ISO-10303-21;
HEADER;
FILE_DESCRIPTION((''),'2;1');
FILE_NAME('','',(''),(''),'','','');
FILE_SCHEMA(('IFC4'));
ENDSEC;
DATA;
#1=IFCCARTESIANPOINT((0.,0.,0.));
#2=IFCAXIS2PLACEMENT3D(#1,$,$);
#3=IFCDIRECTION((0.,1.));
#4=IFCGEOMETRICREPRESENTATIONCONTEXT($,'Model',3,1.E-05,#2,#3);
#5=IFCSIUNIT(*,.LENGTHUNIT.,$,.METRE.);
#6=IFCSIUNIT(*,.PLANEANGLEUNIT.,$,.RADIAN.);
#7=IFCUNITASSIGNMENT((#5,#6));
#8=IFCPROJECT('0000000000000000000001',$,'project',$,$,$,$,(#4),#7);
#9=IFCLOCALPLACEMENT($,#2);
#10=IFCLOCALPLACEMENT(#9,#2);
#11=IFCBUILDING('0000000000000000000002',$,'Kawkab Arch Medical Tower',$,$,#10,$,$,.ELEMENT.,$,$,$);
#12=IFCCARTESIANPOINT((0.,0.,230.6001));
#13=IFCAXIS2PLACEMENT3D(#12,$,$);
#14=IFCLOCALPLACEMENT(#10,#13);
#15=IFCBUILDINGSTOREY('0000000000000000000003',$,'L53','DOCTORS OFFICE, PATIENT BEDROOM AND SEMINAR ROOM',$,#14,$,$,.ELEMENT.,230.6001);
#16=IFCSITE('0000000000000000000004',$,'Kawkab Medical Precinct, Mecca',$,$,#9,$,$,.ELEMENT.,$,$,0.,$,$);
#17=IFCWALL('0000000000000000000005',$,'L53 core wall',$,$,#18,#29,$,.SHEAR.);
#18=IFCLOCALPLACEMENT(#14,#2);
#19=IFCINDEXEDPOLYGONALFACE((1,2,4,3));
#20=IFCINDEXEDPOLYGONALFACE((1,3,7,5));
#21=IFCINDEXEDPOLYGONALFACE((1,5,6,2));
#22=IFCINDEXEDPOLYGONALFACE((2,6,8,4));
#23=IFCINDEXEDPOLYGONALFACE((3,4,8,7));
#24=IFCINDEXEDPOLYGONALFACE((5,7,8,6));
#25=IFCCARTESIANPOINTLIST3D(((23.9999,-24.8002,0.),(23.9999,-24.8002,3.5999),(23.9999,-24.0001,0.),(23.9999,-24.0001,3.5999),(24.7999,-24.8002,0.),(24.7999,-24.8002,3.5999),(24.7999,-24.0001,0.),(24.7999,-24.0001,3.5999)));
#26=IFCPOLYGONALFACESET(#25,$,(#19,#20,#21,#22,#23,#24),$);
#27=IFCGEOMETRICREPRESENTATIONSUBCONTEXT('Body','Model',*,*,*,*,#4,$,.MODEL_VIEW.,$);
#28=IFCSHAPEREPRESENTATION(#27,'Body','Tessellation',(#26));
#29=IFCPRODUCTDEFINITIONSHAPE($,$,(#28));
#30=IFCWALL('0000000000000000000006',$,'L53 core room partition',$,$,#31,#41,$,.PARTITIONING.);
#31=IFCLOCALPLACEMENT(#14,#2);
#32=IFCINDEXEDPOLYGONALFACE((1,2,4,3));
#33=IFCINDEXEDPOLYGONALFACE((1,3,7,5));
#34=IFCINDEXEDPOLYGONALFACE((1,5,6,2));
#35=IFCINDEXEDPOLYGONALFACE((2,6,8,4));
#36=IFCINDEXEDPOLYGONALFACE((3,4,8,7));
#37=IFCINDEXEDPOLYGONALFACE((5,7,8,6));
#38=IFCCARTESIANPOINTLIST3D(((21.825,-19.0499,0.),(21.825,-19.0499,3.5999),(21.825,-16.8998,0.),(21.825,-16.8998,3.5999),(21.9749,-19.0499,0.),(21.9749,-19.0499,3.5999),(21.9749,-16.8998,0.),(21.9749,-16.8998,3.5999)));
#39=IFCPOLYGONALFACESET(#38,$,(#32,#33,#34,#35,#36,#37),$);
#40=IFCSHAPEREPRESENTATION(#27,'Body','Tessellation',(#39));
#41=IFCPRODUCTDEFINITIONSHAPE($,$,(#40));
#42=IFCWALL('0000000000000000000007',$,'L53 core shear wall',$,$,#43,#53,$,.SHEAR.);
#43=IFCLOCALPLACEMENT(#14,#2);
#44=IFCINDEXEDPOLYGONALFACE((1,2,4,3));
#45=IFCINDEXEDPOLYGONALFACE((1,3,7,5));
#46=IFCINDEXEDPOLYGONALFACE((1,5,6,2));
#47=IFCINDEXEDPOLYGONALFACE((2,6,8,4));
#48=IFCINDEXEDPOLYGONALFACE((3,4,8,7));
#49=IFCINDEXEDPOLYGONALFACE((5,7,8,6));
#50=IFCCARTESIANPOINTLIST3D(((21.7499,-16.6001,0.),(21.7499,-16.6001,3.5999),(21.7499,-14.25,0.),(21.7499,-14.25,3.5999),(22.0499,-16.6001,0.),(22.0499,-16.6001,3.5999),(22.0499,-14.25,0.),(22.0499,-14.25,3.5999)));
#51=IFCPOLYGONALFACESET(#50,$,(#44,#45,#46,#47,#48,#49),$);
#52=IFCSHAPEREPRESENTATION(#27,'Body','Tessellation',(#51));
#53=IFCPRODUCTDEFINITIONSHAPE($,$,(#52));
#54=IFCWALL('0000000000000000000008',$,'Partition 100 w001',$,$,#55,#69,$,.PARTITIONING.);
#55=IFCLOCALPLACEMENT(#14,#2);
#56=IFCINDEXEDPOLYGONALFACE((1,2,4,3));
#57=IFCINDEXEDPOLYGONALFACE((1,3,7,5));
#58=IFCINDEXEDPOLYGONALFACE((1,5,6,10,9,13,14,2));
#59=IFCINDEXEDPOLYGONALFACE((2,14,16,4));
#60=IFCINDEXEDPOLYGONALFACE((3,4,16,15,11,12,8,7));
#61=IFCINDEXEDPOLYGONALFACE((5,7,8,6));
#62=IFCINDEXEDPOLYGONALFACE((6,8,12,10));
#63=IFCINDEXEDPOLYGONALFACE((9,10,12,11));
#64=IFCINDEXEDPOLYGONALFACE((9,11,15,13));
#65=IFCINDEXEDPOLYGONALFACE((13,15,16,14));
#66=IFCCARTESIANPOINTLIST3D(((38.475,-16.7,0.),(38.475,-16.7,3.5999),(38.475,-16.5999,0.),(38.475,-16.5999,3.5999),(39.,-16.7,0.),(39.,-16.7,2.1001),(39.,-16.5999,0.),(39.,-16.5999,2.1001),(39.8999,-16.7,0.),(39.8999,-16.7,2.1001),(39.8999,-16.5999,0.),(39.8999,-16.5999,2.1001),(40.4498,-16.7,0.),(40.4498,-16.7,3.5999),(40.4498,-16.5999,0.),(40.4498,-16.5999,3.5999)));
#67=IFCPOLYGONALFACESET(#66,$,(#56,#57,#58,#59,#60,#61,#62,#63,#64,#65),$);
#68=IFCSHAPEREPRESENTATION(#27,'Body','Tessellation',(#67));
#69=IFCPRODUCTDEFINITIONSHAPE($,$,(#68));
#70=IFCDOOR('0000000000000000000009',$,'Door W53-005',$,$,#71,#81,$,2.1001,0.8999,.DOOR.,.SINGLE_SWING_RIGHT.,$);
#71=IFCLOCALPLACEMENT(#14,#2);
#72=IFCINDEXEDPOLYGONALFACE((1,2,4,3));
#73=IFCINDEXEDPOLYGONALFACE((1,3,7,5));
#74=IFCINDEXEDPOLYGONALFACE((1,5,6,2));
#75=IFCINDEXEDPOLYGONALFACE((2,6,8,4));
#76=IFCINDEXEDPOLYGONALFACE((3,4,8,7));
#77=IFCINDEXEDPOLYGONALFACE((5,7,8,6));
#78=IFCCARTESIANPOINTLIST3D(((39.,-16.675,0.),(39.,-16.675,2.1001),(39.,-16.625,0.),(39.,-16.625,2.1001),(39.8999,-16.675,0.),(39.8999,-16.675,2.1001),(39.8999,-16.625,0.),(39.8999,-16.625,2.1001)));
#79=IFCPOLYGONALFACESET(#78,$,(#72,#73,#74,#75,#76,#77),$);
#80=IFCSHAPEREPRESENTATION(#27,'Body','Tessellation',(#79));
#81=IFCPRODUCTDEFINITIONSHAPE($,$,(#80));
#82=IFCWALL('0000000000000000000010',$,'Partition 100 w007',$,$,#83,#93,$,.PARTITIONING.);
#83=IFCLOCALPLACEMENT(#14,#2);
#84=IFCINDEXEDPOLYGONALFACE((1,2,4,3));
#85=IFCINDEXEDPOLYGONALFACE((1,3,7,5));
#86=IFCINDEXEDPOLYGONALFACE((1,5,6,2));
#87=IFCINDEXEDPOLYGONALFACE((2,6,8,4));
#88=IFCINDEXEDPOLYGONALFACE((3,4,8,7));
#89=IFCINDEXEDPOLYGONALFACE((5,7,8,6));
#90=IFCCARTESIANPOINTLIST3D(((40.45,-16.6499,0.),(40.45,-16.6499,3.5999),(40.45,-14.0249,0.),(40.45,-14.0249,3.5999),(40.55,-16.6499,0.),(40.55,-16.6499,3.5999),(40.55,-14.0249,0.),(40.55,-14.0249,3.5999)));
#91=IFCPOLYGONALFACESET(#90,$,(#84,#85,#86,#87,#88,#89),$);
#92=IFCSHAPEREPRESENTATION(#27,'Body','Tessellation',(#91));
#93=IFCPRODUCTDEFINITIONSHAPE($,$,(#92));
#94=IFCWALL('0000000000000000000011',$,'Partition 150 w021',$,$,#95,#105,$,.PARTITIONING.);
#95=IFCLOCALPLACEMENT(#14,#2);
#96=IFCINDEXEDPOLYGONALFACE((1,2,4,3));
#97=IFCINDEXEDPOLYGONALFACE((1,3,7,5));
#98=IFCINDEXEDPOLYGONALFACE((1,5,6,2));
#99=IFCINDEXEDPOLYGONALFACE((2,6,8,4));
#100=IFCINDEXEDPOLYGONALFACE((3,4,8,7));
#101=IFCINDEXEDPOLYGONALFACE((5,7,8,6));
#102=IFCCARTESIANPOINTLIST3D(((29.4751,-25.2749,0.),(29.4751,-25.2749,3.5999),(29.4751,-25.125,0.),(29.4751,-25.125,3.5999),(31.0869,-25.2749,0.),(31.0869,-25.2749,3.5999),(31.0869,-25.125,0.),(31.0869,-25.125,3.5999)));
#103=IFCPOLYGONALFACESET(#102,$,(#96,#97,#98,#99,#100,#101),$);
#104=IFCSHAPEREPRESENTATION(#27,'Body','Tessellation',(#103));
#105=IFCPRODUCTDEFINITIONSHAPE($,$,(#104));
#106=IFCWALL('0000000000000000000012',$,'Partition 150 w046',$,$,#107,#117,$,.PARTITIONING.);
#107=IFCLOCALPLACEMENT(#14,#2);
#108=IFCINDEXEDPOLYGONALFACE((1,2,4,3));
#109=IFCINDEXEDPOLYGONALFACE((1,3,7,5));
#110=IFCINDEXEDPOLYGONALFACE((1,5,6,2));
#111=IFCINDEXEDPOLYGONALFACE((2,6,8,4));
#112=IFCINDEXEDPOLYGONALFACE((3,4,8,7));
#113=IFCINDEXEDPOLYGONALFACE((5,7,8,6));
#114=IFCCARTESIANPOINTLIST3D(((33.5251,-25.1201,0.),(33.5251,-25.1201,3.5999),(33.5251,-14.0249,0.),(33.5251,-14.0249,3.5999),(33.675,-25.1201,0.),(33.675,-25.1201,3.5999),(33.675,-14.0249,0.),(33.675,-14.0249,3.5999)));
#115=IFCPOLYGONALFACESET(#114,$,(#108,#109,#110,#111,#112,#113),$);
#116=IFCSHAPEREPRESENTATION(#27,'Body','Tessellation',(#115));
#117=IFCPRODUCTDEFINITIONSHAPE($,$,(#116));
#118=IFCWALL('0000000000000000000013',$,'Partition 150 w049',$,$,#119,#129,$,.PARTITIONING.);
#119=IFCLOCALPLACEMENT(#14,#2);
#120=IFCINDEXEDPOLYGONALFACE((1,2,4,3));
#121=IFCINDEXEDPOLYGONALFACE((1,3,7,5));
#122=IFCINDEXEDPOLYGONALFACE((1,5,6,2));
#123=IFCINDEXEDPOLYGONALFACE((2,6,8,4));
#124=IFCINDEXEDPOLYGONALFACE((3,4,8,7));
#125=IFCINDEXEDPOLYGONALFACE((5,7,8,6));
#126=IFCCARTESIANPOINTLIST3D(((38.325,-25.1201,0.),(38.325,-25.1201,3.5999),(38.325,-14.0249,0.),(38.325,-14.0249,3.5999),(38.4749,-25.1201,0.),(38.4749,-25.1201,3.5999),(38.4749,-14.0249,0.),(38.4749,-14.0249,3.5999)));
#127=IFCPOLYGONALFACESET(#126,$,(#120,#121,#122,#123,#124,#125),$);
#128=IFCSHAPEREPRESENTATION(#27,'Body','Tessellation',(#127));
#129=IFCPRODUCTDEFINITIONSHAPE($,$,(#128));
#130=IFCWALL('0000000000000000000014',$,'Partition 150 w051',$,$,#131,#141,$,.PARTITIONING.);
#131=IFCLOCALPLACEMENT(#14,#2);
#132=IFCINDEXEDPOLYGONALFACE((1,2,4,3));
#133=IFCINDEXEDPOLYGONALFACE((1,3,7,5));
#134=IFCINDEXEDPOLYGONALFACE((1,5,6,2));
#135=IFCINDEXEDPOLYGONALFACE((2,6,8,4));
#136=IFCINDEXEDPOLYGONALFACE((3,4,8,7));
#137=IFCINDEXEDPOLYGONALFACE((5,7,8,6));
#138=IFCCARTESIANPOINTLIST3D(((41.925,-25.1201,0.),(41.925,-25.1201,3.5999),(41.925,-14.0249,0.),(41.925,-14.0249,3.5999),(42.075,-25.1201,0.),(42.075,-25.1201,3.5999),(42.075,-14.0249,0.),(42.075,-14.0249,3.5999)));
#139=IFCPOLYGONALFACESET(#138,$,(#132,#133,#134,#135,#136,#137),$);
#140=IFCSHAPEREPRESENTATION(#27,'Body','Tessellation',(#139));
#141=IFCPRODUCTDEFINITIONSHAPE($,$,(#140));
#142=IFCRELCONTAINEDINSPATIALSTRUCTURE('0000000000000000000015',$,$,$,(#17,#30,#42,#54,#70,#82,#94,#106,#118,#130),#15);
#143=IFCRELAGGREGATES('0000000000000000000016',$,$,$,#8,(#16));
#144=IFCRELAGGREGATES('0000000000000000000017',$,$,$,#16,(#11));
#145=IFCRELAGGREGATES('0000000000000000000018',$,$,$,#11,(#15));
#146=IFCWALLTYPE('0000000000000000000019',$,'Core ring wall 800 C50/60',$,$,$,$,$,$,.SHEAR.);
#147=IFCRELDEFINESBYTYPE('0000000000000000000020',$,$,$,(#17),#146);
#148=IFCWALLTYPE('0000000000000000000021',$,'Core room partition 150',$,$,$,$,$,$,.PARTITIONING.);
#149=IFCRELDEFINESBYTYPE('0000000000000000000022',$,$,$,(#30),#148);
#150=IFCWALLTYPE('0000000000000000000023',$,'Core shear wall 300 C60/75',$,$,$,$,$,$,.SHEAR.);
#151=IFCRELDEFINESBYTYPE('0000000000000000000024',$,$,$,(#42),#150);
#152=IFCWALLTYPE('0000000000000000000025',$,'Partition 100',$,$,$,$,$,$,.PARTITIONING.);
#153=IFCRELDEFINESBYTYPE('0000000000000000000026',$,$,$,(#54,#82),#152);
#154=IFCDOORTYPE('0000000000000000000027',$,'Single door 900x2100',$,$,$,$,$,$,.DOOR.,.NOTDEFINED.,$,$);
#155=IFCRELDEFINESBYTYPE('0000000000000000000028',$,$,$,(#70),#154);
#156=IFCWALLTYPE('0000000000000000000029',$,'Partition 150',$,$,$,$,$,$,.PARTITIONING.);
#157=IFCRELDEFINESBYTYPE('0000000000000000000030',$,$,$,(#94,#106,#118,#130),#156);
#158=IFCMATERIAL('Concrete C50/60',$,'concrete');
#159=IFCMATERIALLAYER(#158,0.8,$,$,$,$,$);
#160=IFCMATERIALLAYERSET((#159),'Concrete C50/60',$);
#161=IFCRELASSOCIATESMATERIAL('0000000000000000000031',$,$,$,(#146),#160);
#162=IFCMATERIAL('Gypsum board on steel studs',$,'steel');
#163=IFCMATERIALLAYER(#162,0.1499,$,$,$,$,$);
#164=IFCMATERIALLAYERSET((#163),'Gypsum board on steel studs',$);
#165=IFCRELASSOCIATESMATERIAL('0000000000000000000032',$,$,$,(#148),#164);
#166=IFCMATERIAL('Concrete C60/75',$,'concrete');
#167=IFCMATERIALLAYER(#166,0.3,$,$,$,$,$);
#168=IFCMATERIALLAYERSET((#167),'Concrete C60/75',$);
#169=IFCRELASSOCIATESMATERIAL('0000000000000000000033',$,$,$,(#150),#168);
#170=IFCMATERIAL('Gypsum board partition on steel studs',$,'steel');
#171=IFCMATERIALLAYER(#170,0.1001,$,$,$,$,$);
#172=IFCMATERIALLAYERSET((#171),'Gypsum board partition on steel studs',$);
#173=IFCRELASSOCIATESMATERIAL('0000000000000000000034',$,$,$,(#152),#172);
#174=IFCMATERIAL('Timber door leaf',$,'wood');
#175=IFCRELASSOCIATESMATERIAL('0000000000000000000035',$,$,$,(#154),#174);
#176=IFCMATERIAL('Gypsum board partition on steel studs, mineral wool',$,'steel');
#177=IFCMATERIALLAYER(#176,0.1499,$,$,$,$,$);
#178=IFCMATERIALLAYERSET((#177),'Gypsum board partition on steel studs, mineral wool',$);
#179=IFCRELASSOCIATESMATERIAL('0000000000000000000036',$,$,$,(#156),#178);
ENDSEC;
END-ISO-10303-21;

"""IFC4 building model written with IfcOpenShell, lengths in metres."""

from ifc_helpers import new_model, si_unit, direction, frame, frame_2d, origin, place, context, subcontext, project, spatial, rectangle, extrude, material, layer, layer_set, type_object, element, fill, save


model = new_model("IFC4")

# Units and contexts
model_context = context("Model", 3, precision=1e-05, world=origin(), true_north=direction((0.0, 1.0)))
body_context = subcontext(model_context, "Body", "Model", "MODEL_VIEW")
ifc_project = project(units=[si_unit("LENGTHUNIT", "METRE"), si_unit("PLANEANGLEUNIT", "RADIAN")], contexts=[model_context])

# Site, building, storey
site_placement = place(None, origin())
site = spatial("IfcSite", under=ifc_project, at=site_placement, Name="Kawkab Medical Precinct, Mecca", CompositionType="ELEMENT", RefElevation=0.0)
building_placement = place(site_placement, origin())
building = spatial("IfcBuilding", under=site, at=building_placement, Name="Kawkab Arch Medical Tower", CompositionType="ELEMENT")
storey_placement = place(building_placement, frame((0.0, 0.0, 230.6001)))
storey = spatial("IfcBuildingStorey", under=building, at=storey_placement, Name="L53", Description="DOCTORS OFFICE, PATIENT BEDROOM AND SEMINAR ROOM", CompositionType="ELEMENT", Elevation=230.6001)

# Shared definitions
ifc_material_1 = material(Name="Concrete C50/60", Category="concrete")
ifc_layer_1 = layer(ifc_material_1, 0.8)
ifc_layer_set_1 = layer_set([ifc_layer_1], Name="Concrete C50/60")
wall_type_1 = type_object("IfcWallType", Name="Core ring wall 800 C50/60", PredefinedType="SHEAR", material=ifc_layer_set_1)

# Walls
wall_1_placement = place(storey_placement, frame((24.3999, -24.8, 0.0), z_axis=(0.0, 0.0, 1.0), x_axis=(0.0, 1.0, 0.0)))
element("IfcWall", 1, at=wall_1_placement, inside=storey, type_object=wall_type_1, Name="L53 core wall", PredefinedType="SHEAR", context=body_context, shape_type="SweptSolid", body=[
    extrude(rectangle(XDim=0.8, YDim=0.8, at=frame_2d((0.3999, 0.0))), origin(), (0.0, 0.0, 1.0), 3.5999),
])
ifc_material_2 = material(Name="Gypsum board on steel studs", Category="steel")
ifc_layer_2 = layer(ifc_material_2, 0.1499)
ifc_layer_set_2 = layer_set([ifc_layer_2], Name="Gypsum board on steel studs")
wall_type_2 = type_object("IfcWallType", Name="Core room partition 150", PredefinedType="PARTITIONING", material=ifc_layer_set_2)
wall_2_placement = place(storey_placement, frame((21.8999, -19.05, 0.0), z_axis=(0.0, 0.0, 1.0), x_axis=(0.0, 1.0, 0.0)))
element("IfcWall", 2, at=wall_2_placement, inside=storey, type_object=wall_type_2, Name="L53 core room partition", PredefinedType="PARTITIONING", context=body_context, shape_type="SweptSolid", body=[
    extrude(rectangle(XDim=2.1501, YDim=0.1499, at=frame_2d((1.0752, 0.0))), origin(), (0.0, 0.0, 1.0), 3.5999),
])
ifc_material_3 = material(Name="Concrete C60/75", Category="concrete")
ifc_layer_3 = layer(ifc_material_3, 0.3)
ifc_layer_set_3 = layer_set([ifc_layer_3], Name="Concrete C60/75")
wall_type_3 = type_object("IfcWallType", Name="Core shear wall 300 C60/75", PredefinedType="SHEAR", material=ifc_layer_set_3)
wall_3_placement = place(storey_placement, frame((21.8999, -16.6001, 0.0), z_axis=(0.0, 0.0, 1.0), x_axis=(0.0, 1.0, 0.0)))
element("IfcWall", 3, at=wall_3_placement, inside=storey, type_object=wall_type_3, Name="L53 core shear wall", PredefinedType="SHEAR", context=body_context, shape_type="SweptSolid", body=[
    extrude(rectangle(XDim=2.3501, YDim=0.3, at=frame_2d((1.175, 0.0))), origin(), (0.0, 0.0, 1.0), 3.5999),
])

# Wall, opening, door
ifc_material_4 = material(Name="Gypsum board partition on steel studs", Category="steel")
ifc_layer_4 = layer(ifc_material_4, 0.1001)
ifc_layer_set_4 = layer_set([ifc_layer_4], Name="Gypsum board partition on steel studs")
wall_type_4 = type_object("IfcWallType", Name="Partition 100", PredefinedType="PARTITIONING", material=ifc_layer_set_4)
wall_4_placement = place(storey_placement, frame((38.4751, -16.6499, 0.0), z_axis=(0.0, 0.0, 1.0), x_axis=(1.0, 0.0, 0.0)))
wall_4 = element("IfcWall", 4, at=wall_4_placement, inside=storey, type_object=wall_type_4, Name="Partition 100 w001", PredefinedType="PARTITIONING", context=body_context, shape_type="SweptSolid", body=[
    extrude(rectangle(XDim=1.9749, YDim=0.1001, at=frame_2d((0.9873, 0.0))), origin(), (0.0, 0.0, 1.0), 3.5999),
])
opening_1_placement = place(wall_4_placement, frame((0.5249, 0.0, 0.0)))
opening_1 = element("IfcOpeningElement", 5, at=opening_1_placement, cuts=wall_4, PredefinedType="OPENING", context=body_context, shape_type="SweptSolid", body=[
    extrude(rectangle(XDim=0.8999, YDim=2.1001, at=frame_2d((0.45, 1.05))), frame((0.0, 0.0601, 0.0), z_axis=(0.0, -1.0, 0.0), x_axis=(1.0, 0.0, 0.0)), (0.0, 0.0, 1.0), 0.1201),
])
ifc_material_5 = material(Name="Timber door leaf", Category="wood")
door_type_1 = type_object("IfcDoorType", Name="Single door 900x2100", OperationType="NOTDEFINED", PredefinedType="DOOR", material=ifc_material_5)
door_1_placement = place(opening_1_placement, origin())
door_1 = element("IfcDoor", 6, at=door_1_placement, inside=storey, type_object=door_type_1, Name="Door W53-005", OperationType="SINGLE_SWING_RIGHT", OverallHeight=2.1001, OverallWidth=0.8999, PredefinedType="DOOR", context=body_context, shape_type="SweptSolid", body=[
    extrude(rectangle(XDim=0.8999, YDim=2.1001, at=frame_2d((0.45, 1.05))), frame((0.0, 0.0249, 0.0), z_axis=(0.0, -1.0, 0.0), x_axis=(1.0, 0.0, 0.0)), (0.0, 0.0, 1.0), 0.05),
])
fill(opening_1, door_1)

# Walls
wall_5_placement = place(storey_placement, frame((40.5, -16.6499, 0.0), z_axis=(0.0, 0.0, 1.0), x_axis=(0.0, 1.0, 0.0)))
element("IfcWall", 7, at=wall_5_placement, inside=storey, type_object=wall_type_4, Name="Partition 100 w007", PredefinedType="PARTITIONING", context=body_context, shape_type="SweptSolid", body=[
    extrude(rectangle(XDim=2.625, YDim=0.1001, at=frame_2d((1.3125, 0.0))), origin(), (0.0, 0.0, 1.0), 3.5999),
])
ifc_material_6 = material(Name="Gypsum board partition on steel studs, mineral wool", Category="steel")
ifc_layer_5 = layer(ifc_material_6, 0.1499)
ifc_layer_set_5 = layer_set([ifc_layer_5], Name="Gypsum board partition on steel studs, mineral wool")
wall_type_5 = type_object("IfcWallType", Name="Partition 150", PredefinedType="PARTITIONING", material=ifc_layer_set_5)
wall_6_placement = place(storey_placement, frame((29.4751, -25.2, 0.0), z_axis=(0.0, 0.0, 1.0), x_axis=(1.0, 0.0, 0.0)))
element("IfcWall", 8, at=wall_6_placement, inside=storey, type_object=wall_type_5, Name="Partition 150 w021", PredefinedType="PARTITIONING", context=body_context, shape_type="SweptSolid", body=[
    extrude(rectangle(XDim=1.6118, YDim=0.1499, at=frame_2d((0.8059, 0.0))), origin(), (0.0, 0.0, 1.0), 3.5999),
])
for number, where, z_axis, x_axis, name in (
    (9, (33.6001, -25.1201, 0.0), (0.0, 0.0, 1.0), (0.0, 1.0, 0.0), "Partition 150 w046"),
    (10, (38.3999, -25.1201, 0.0), (0.0, 0.0, 1.0), (0.0, 1.0, 0.0), "Partition 150 w049"),
    (11, (42.0, -25.1201, 0.0), (0.0, 0.0, 1.0), (0.0, 1.0, 0.0), "Partition 150 w051"),
):
    element("IfcWall", number, at=place(storey_placement, frame(where, z_axis=z_axis, x_axis=x_axis)), inside=storey, type_object=wall_type_5, Name=name, PredefinedType="PARTITIONING", context=body_context, shape_type="SweptSolid", body=[
        extrude(rectangle(XDim=11.0952, YDim=0.1499, at=frame_2d((5.5476, 0.0))), origin(), (0.0, 0.0, 1.0), 3.5999),
    ])

save(model, "model.ifc")
